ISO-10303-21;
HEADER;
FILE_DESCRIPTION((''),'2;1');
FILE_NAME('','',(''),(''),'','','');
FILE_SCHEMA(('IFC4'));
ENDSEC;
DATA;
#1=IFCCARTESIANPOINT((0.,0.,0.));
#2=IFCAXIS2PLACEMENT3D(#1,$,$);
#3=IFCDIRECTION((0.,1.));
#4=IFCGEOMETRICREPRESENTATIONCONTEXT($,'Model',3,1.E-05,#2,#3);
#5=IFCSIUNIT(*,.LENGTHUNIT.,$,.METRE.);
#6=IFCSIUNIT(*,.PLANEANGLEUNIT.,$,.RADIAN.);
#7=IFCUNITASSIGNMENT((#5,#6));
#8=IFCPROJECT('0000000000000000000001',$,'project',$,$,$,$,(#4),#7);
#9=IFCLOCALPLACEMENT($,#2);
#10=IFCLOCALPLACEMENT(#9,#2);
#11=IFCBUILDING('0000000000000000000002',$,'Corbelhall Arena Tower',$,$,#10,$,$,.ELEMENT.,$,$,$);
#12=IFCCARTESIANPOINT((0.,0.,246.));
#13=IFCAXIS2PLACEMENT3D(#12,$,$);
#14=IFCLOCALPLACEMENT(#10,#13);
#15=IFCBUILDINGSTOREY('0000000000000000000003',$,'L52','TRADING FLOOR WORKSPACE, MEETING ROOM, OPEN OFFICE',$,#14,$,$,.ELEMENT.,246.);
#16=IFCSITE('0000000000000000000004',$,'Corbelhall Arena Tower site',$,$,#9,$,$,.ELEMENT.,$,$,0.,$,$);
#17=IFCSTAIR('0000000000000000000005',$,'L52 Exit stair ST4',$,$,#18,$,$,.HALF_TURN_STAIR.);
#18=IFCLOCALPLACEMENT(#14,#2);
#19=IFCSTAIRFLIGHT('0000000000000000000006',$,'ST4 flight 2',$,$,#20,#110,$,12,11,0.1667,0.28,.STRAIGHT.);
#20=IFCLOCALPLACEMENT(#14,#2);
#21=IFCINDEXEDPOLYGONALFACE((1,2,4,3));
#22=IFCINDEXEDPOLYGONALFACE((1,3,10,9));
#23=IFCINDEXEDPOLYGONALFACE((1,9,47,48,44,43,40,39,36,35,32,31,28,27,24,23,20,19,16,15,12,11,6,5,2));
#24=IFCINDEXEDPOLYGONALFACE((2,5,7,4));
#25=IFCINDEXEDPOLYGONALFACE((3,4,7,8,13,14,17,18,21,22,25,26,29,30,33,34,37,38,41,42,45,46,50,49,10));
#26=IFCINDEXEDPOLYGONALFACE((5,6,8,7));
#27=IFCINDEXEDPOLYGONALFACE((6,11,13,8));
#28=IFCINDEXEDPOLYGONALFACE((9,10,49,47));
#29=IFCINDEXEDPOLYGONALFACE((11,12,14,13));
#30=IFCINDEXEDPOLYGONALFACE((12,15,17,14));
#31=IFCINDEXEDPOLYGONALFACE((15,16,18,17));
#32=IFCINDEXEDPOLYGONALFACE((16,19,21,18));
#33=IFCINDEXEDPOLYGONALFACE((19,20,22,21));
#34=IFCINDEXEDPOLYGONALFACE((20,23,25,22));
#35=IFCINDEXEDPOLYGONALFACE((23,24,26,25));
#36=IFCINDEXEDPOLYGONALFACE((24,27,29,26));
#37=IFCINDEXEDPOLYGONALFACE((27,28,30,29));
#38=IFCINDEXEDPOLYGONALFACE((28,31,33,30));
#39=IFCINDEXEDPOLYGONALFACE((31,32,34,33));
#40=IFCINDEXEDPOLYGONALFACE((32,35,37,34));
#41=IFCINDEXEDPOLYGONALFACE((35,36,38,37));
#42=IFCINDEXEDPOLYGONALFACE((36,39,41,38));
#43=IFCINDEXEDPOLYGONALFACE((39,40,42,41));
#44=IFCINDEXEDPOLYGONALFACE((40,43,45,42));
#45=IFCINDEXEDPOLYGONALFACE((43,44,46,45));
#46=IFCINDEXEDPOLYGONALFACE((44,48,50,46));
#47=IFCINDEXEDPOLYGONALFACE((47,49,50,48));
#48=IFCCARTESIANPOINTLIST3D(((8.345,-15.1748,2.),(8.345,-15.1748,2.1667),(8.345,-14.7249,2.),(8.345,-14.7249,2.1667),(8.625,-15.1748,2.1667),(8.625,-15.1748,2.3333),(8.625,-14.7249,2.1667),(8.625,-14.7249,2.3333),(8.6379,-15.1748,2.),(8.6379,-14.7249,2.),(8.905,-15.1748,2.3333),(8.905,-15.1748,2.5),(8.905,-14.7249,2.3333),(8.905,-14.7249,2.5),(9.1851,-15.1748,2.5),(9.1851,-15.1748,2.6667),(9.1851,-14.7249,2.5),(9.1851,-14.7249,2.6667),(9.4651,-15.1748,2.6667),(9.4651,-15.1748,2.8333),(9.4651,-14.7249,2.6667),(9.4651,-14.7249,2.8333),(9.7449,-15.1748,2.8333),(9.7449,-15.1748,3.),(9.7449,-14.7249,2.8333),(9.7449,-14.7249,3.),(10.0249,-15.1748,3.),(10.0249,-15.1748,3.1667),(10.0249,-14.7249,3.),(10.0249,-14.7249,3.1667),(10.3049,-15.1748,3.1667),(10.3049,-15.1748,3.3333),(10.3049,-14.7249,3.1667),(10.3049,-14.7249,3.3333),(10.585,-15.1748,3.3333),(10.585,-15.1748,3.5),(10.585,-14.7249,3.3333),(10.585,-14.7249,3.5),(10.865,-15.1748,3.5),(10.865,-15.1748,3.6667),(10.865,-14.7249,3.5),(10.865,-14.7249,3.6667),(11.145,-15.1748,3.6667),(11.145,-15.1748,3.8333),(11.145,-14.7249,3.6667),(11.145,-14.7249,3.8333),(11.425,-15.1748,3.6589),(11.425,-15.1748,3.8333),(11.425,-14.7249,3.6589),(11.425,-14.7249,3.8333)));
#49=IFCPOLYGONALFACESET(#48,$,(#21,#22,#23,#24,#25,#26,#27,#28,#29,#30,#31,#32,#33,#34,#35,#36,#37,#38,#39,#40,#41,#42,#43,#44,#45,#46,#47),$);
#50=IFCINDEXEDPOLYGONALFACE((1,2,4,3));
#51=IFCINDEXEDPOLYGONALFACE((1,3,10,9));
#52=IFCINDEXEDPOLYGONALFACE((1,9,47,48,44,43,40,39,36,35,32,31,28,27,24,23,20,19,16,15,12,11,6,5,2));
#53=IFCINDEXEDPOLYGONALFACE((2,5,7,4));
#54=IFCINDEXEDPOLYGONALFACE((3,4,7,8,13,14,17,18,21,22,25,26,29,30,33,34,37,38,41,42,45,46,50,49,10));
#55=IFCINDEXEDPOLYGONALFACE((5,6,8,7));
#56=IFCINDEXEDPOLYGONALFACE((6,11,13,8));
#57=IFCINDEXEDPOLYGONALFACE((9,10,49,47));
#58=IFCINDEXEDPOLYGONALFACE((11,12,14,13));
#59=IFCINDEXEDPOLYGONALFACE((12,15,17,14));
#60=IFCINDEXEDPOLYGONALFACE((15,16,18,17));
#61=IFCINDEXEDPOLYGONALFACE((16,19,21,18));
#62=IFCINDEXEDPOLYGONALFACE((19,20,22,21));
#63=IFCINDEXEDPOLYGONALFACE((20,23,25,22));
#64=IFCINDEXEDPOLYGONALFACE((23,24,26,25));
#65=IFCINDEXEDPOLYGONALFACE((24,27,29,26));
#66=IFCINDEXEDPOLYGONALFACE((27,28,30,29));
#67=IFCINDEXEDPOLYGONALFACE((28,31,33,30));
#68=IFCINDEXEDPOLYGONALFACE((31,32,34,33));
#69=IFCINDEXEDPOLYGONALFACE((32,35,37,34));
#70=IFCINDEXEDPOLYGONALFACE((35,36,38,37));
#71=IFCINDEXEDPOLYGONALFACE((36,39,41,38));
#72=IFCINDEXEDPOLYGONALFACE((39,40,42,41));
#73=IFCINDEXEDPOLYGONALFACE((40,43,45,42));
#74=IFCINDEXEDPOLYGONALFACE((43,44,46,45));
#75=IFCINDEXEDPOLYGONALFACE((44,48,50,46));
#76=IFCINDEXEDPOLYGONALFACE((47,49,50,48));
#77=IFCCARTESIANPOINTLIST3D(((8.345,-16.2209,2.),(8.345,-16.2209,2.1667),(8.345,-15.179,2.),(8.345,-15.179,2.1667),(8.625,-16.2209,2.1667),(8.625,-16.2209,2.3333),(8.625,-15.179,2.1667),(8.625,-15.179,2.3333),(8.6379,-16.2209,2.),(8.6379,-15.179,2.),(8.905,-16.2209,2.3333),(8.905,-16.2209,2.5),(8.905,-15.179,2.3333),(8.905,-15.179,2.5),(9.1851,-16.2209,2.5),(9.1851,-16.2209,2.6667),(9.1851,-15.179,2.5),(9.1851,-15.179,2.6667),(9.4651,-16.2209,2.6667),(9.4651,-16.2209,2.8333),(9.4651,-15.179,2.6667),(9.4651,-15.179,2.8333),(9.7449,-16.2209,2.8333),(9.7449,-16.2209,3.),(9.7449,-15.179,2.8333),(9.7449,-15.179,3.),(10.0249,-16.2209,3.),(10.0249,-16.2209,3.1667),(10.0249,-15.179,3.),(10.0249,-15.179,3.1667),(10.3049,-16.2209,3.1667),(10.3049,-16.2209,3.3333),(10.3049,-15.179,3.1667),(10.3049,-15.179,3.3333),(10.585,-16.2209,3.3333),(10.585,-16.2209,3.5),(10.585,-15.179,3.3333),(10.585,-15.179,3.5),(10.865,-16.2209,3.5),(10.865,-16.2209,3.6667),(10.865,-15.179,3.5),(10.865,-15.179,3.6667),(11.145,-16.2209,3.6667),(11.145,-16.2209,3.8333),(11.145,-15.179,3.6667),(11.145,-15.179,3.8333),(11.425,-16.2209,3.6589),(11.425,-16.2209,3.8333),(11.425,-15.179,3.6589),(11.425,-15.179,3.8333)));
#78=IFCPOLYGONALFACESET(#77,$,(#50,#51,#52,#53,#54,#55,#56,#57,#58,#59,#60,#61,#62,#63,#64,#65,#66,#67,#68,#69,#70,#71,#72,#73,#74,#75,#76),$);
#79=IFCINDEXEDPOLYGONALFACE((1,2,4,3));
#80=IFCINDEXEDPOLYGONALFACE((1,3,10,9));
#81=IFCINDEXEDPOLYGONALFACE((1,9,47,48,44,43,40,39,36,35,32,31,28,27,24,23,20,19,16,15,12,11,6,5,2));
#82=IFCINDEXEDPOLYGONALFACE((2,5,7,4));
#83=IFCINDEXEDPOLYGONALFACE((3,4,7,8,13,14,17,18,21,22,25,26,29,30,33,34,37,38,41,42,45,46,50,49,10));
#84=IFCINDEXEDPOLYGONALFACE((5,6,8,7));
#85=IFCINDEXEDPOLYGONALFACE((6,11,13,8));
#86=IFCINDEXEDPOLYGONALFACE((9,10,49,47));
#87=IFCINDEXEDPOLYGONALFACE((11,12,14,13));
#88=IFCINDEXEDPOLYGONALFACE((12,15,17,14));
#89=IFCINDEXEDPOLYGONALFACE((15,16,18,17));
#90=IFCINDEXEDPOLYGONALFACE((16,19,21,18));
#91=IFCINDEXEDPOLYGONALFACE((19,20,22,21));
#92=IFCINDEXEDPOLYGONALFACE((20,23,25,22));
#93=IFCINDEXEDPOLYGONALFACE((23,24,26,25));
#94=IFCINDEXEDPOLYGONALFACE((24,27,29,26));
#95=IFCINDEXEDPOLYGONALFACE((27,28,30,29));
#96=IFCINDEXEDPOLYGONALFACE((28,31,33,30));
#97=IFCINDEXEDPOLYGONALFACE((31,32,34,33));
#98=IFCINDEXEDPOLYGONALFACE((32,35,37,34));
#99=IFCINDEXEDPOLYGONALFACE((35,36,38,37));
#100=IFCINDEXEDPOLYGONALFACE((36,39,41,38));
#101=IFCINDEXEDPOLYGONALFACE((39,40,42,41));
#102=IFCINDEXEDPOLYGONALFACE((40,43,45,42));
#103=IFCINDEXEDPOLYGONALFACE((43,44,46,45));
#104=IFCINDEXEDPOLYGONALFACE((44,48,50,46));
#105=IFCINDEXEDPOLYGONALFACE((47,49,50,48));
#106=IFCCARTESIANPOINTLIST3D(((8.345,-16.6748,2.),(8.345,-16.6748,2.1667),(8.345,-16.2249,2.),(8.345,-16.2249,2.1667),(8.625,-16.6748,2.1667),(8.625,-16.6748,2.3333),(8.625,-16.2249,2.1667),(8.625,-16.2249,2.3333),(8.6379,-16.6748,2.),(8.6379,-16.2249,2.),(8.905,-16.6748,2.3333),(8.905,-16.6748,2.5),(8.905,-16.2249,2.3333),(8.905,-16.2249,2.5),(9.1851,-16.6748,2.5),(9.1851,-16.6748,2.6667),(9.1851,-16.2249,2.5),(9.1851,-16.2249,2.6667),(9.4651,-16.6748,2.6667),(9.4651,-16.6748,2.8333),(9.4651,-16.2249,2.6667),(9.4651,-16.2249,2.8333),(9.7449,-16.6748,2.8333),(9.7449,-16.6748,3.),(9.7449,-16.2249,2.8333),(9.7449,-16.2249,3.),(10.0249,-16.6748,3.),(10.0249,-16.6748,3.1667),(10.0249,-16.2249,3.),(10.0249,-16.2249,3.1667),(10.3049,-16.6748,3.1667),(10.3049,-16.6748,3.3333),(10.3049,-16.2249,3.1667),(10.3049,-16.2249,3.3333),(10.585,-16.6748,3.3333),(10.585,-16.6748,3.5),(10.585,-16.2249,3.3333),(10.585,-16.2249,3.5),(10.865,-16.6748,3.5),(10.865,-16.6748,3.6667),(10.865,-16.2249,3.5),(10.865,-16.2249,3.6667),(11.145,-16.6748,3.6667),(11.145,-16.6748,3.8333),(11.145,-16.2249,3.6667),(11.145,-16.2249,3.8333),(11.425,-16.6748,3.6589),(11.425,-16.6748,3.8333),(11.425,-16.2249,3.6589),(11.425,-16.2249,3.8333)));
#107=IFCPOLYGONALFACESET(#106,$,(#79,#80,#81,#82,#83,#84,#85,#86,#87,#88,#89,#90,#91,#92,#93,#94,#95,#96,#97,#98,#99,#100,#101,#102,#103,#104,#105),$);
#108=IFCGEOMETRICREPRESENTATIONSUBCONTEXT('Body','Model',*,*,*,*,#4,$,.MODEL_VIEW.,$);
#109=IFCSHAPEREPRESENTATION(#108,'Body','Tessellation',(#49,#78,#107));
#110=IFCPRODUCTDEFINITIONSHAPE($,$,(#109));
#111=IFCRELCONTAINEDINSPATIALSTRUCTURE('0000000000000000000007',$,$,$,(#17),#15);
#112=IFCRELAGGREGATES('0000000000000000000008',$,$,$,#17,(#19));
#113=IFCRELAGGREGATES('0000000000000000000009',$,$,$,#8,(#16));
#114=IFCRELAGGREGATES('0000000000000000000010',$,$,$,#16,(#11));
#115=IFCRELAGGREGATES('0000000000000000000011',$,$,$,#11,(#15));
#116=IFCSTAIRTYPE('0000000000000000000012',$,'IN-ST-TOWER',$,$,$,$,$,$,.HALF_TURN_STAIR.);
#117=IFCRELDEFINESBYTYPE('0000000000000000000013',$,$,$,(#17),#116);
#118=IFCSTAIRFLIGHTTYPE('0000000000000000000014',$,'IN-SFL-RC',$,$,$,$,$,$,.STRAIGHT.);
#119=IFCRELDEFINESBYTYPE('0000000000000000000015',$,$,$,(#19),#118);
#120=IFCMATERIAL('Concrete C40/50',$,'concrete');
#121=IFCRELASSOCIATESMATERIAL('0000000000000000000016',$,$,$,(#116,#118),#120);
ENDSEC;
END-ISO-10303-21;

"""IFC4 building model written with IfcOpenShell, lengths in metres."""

from ifc_helpers import new_model, si_unit, direction, frame, origin, place, context, subcontext, project, spatial, polyline, outline, extrude, material, type_object, element, aggregate, save


model = new_model("IFC4")

# Units and contexts
model_context = context("Model", 3, precision=1e-05, world=origin(), true_north=direction((0.0, 1.0)))
body_context = subcontext(model_context, "Body", "Model", "MODEL_VIEW")
ifc_project = project(units=[si_unit("LENGTHUNIT", "METRE"), si_unit("PLANEANGLEUNIT", "RADIAN")], contexts=[model_context])

# Site, building, storey
site_placement = place(None, origin())
site = spatial("IfcSite", under=ifc_project, at=site_placement, Name="Corbelhall Arena Tower site", CompositionType="ELEMENT", RefElevation=0.0)
building_placement = place(site_placement, origin())
building = spatial("IfcBuilding", under=site, at=building_placement, Name="Corbelhall Arena Tower", CompositionType="ELEMENT")
storey_placement = place(building_placement, frame((0.0, 0.0, 246.0)))
storey = spatial("IfcBuildingStorey", under=building, at=storey_placement, Name="L52", Description="TRADING FLOOR WORKSPACE, MEETING ROOM, OPEN OFFICE", CompositionType="ELEMENT", Elevation=246.0)

# Shared definitions
ifc_material_1 = material(Name="Concrete C40/50", Category="concrete")

# Stair, stair flight
stair_type = type_object("IfcStairType", Name="IN-ST-TOWER", PredefinedType="HALF_TURN_STAIR", material=ifc_material_1)
stair_placement = place(storey_placement, origin())
stair = element("IfcStair", 1, at=stair_placement, inside=storey, type_object=stair_type, Name="L52 Exit stair ST4", PredefinedType="HALF_TURN_STAIR")
stair_flight_type = type_object("IfcStairFlightType", Name="IN-SFL-RC", PredefinedType="STRAIGHT", material=ifc_material_1)
stair_flight_1_placement = place(storey_placement, frame((8.345, -15.7, 2.0), z_axis=(0.0, 0.0, 1.0), x_axis=(1.0, 0.0, 0.0)))
stair_flight_1 = element("IfcStairFlight", 2, at=stair_flight_1_placement, type_object=stair_flight_type, Name="ST4 flight 2", NumberOfRisers=12, NumberOfTreads=11, PredefinedType="STRAIGHT", RiserHeight=0.1667, TreadLength=0.28, context=body_context, shape_type="SweptSolid", body=[
    extrude(outline(polyline([(0.0, 0.0), (0.0, 0.1667), (0.28, 0.1667), (0.28, 0.3333), (0.5601, 0.3333), (0.5601, 0.5), (0.8401, 0.5), (0.8401, 0.6667), (1.1201, 0.6667), (1.1201, 0.8333), (1.3999, 0.8333), (1.3999, 1.0), (1.6799, 1.0), (1.6799, 1.1667), (1.96, 1.1667), (1.96, 1.3333), (2.24, 1.3333), (2.24, 1.5), (2.52, 1.5), (2.52, 1.6667), (2.8, 1.6667), (2.8, 1.8333), (3.0801, 1.8333), (3.0801, 2.0), (3.0801, 1.6589), (0.293, 0.0), (0.0, 0.0)])), frame((0.0, 0.9751, 0.0), z_axis=(0.0, -1.0, 0.0), x_axis=(1.0, 0.0, 0.0)), (0.0, 0.0, 1.0), 0.45),
    extrude(outline(polyline([(0.0, 0.0), (0.0, 0.1667), (0.28, 0.1667), (0.28, 0.3333), (0.5601, 0.3333), (0.5601, 0.5), (0.8401, 0.5), (0.8401, 0.6667), (1.1201, 0.6667), (1.1201, 0.8333), (1.3999, 0.8333), (1.3999, 1.0), (1.6799, 1.0), (1.6799, 1.1667), (1.96, 1.1667), (1.96, 1.3333), (2.24, 1.3333), (2.24, 1.5), (2.52, 1.5), (2.52, 1.6667), (2.8, 1.6667), (2.8, 1.8333), (3.0801, 1.8333), (3.0801, 2.0), (3.0801, 1.6589), (0.293, 0.0), (0.0, 0.0)])), frame((0.0, 0.521, 0.0), z_axis=(0.0, -1.0, 0.0), x_axis=(1.0, 0.0, 0.0)), (0.0, 0.0, 1.0), 1.042),
    extrude(outline(polyline([(0.0, 0.0), (0.0, 0.1667), (0.28, 0.1667), (0.28, 0.3333), (0.5601, 0.3333), (0.5601, 0.5), (0.8401, 0.5), (0.8401, 0.6667), (1.1201, 0.6667), (1.1201, 0.8333), (1.3999, 0.8333), (1.3999, 1.0), (1.6799, 1.0), (1.6799, 1.1667), (1.96, 1.1667), (1.96, 1.3333), (2.24, 1.3333), (2.24, 1.5), (2.52, 1.5), (2.52, 1.6667), (2.8, 1.6667), (2.8, 1.8333), (3.0801, 1.8333), (3.0801, 2.0), (3.0801, 1.6589), (0.293, 0.0), (0.0, 0.0)])), frame((0.0, -0.5249, 0.0), z_axis=(0.0, -1.0, 0.0), x_axis=(1.0, 0.0, 0.0)), (0.0, 0.0, 1.0), 0.45),
])
aggregate(stair, [stair_flight_1])

save(model, "model.ifc")
